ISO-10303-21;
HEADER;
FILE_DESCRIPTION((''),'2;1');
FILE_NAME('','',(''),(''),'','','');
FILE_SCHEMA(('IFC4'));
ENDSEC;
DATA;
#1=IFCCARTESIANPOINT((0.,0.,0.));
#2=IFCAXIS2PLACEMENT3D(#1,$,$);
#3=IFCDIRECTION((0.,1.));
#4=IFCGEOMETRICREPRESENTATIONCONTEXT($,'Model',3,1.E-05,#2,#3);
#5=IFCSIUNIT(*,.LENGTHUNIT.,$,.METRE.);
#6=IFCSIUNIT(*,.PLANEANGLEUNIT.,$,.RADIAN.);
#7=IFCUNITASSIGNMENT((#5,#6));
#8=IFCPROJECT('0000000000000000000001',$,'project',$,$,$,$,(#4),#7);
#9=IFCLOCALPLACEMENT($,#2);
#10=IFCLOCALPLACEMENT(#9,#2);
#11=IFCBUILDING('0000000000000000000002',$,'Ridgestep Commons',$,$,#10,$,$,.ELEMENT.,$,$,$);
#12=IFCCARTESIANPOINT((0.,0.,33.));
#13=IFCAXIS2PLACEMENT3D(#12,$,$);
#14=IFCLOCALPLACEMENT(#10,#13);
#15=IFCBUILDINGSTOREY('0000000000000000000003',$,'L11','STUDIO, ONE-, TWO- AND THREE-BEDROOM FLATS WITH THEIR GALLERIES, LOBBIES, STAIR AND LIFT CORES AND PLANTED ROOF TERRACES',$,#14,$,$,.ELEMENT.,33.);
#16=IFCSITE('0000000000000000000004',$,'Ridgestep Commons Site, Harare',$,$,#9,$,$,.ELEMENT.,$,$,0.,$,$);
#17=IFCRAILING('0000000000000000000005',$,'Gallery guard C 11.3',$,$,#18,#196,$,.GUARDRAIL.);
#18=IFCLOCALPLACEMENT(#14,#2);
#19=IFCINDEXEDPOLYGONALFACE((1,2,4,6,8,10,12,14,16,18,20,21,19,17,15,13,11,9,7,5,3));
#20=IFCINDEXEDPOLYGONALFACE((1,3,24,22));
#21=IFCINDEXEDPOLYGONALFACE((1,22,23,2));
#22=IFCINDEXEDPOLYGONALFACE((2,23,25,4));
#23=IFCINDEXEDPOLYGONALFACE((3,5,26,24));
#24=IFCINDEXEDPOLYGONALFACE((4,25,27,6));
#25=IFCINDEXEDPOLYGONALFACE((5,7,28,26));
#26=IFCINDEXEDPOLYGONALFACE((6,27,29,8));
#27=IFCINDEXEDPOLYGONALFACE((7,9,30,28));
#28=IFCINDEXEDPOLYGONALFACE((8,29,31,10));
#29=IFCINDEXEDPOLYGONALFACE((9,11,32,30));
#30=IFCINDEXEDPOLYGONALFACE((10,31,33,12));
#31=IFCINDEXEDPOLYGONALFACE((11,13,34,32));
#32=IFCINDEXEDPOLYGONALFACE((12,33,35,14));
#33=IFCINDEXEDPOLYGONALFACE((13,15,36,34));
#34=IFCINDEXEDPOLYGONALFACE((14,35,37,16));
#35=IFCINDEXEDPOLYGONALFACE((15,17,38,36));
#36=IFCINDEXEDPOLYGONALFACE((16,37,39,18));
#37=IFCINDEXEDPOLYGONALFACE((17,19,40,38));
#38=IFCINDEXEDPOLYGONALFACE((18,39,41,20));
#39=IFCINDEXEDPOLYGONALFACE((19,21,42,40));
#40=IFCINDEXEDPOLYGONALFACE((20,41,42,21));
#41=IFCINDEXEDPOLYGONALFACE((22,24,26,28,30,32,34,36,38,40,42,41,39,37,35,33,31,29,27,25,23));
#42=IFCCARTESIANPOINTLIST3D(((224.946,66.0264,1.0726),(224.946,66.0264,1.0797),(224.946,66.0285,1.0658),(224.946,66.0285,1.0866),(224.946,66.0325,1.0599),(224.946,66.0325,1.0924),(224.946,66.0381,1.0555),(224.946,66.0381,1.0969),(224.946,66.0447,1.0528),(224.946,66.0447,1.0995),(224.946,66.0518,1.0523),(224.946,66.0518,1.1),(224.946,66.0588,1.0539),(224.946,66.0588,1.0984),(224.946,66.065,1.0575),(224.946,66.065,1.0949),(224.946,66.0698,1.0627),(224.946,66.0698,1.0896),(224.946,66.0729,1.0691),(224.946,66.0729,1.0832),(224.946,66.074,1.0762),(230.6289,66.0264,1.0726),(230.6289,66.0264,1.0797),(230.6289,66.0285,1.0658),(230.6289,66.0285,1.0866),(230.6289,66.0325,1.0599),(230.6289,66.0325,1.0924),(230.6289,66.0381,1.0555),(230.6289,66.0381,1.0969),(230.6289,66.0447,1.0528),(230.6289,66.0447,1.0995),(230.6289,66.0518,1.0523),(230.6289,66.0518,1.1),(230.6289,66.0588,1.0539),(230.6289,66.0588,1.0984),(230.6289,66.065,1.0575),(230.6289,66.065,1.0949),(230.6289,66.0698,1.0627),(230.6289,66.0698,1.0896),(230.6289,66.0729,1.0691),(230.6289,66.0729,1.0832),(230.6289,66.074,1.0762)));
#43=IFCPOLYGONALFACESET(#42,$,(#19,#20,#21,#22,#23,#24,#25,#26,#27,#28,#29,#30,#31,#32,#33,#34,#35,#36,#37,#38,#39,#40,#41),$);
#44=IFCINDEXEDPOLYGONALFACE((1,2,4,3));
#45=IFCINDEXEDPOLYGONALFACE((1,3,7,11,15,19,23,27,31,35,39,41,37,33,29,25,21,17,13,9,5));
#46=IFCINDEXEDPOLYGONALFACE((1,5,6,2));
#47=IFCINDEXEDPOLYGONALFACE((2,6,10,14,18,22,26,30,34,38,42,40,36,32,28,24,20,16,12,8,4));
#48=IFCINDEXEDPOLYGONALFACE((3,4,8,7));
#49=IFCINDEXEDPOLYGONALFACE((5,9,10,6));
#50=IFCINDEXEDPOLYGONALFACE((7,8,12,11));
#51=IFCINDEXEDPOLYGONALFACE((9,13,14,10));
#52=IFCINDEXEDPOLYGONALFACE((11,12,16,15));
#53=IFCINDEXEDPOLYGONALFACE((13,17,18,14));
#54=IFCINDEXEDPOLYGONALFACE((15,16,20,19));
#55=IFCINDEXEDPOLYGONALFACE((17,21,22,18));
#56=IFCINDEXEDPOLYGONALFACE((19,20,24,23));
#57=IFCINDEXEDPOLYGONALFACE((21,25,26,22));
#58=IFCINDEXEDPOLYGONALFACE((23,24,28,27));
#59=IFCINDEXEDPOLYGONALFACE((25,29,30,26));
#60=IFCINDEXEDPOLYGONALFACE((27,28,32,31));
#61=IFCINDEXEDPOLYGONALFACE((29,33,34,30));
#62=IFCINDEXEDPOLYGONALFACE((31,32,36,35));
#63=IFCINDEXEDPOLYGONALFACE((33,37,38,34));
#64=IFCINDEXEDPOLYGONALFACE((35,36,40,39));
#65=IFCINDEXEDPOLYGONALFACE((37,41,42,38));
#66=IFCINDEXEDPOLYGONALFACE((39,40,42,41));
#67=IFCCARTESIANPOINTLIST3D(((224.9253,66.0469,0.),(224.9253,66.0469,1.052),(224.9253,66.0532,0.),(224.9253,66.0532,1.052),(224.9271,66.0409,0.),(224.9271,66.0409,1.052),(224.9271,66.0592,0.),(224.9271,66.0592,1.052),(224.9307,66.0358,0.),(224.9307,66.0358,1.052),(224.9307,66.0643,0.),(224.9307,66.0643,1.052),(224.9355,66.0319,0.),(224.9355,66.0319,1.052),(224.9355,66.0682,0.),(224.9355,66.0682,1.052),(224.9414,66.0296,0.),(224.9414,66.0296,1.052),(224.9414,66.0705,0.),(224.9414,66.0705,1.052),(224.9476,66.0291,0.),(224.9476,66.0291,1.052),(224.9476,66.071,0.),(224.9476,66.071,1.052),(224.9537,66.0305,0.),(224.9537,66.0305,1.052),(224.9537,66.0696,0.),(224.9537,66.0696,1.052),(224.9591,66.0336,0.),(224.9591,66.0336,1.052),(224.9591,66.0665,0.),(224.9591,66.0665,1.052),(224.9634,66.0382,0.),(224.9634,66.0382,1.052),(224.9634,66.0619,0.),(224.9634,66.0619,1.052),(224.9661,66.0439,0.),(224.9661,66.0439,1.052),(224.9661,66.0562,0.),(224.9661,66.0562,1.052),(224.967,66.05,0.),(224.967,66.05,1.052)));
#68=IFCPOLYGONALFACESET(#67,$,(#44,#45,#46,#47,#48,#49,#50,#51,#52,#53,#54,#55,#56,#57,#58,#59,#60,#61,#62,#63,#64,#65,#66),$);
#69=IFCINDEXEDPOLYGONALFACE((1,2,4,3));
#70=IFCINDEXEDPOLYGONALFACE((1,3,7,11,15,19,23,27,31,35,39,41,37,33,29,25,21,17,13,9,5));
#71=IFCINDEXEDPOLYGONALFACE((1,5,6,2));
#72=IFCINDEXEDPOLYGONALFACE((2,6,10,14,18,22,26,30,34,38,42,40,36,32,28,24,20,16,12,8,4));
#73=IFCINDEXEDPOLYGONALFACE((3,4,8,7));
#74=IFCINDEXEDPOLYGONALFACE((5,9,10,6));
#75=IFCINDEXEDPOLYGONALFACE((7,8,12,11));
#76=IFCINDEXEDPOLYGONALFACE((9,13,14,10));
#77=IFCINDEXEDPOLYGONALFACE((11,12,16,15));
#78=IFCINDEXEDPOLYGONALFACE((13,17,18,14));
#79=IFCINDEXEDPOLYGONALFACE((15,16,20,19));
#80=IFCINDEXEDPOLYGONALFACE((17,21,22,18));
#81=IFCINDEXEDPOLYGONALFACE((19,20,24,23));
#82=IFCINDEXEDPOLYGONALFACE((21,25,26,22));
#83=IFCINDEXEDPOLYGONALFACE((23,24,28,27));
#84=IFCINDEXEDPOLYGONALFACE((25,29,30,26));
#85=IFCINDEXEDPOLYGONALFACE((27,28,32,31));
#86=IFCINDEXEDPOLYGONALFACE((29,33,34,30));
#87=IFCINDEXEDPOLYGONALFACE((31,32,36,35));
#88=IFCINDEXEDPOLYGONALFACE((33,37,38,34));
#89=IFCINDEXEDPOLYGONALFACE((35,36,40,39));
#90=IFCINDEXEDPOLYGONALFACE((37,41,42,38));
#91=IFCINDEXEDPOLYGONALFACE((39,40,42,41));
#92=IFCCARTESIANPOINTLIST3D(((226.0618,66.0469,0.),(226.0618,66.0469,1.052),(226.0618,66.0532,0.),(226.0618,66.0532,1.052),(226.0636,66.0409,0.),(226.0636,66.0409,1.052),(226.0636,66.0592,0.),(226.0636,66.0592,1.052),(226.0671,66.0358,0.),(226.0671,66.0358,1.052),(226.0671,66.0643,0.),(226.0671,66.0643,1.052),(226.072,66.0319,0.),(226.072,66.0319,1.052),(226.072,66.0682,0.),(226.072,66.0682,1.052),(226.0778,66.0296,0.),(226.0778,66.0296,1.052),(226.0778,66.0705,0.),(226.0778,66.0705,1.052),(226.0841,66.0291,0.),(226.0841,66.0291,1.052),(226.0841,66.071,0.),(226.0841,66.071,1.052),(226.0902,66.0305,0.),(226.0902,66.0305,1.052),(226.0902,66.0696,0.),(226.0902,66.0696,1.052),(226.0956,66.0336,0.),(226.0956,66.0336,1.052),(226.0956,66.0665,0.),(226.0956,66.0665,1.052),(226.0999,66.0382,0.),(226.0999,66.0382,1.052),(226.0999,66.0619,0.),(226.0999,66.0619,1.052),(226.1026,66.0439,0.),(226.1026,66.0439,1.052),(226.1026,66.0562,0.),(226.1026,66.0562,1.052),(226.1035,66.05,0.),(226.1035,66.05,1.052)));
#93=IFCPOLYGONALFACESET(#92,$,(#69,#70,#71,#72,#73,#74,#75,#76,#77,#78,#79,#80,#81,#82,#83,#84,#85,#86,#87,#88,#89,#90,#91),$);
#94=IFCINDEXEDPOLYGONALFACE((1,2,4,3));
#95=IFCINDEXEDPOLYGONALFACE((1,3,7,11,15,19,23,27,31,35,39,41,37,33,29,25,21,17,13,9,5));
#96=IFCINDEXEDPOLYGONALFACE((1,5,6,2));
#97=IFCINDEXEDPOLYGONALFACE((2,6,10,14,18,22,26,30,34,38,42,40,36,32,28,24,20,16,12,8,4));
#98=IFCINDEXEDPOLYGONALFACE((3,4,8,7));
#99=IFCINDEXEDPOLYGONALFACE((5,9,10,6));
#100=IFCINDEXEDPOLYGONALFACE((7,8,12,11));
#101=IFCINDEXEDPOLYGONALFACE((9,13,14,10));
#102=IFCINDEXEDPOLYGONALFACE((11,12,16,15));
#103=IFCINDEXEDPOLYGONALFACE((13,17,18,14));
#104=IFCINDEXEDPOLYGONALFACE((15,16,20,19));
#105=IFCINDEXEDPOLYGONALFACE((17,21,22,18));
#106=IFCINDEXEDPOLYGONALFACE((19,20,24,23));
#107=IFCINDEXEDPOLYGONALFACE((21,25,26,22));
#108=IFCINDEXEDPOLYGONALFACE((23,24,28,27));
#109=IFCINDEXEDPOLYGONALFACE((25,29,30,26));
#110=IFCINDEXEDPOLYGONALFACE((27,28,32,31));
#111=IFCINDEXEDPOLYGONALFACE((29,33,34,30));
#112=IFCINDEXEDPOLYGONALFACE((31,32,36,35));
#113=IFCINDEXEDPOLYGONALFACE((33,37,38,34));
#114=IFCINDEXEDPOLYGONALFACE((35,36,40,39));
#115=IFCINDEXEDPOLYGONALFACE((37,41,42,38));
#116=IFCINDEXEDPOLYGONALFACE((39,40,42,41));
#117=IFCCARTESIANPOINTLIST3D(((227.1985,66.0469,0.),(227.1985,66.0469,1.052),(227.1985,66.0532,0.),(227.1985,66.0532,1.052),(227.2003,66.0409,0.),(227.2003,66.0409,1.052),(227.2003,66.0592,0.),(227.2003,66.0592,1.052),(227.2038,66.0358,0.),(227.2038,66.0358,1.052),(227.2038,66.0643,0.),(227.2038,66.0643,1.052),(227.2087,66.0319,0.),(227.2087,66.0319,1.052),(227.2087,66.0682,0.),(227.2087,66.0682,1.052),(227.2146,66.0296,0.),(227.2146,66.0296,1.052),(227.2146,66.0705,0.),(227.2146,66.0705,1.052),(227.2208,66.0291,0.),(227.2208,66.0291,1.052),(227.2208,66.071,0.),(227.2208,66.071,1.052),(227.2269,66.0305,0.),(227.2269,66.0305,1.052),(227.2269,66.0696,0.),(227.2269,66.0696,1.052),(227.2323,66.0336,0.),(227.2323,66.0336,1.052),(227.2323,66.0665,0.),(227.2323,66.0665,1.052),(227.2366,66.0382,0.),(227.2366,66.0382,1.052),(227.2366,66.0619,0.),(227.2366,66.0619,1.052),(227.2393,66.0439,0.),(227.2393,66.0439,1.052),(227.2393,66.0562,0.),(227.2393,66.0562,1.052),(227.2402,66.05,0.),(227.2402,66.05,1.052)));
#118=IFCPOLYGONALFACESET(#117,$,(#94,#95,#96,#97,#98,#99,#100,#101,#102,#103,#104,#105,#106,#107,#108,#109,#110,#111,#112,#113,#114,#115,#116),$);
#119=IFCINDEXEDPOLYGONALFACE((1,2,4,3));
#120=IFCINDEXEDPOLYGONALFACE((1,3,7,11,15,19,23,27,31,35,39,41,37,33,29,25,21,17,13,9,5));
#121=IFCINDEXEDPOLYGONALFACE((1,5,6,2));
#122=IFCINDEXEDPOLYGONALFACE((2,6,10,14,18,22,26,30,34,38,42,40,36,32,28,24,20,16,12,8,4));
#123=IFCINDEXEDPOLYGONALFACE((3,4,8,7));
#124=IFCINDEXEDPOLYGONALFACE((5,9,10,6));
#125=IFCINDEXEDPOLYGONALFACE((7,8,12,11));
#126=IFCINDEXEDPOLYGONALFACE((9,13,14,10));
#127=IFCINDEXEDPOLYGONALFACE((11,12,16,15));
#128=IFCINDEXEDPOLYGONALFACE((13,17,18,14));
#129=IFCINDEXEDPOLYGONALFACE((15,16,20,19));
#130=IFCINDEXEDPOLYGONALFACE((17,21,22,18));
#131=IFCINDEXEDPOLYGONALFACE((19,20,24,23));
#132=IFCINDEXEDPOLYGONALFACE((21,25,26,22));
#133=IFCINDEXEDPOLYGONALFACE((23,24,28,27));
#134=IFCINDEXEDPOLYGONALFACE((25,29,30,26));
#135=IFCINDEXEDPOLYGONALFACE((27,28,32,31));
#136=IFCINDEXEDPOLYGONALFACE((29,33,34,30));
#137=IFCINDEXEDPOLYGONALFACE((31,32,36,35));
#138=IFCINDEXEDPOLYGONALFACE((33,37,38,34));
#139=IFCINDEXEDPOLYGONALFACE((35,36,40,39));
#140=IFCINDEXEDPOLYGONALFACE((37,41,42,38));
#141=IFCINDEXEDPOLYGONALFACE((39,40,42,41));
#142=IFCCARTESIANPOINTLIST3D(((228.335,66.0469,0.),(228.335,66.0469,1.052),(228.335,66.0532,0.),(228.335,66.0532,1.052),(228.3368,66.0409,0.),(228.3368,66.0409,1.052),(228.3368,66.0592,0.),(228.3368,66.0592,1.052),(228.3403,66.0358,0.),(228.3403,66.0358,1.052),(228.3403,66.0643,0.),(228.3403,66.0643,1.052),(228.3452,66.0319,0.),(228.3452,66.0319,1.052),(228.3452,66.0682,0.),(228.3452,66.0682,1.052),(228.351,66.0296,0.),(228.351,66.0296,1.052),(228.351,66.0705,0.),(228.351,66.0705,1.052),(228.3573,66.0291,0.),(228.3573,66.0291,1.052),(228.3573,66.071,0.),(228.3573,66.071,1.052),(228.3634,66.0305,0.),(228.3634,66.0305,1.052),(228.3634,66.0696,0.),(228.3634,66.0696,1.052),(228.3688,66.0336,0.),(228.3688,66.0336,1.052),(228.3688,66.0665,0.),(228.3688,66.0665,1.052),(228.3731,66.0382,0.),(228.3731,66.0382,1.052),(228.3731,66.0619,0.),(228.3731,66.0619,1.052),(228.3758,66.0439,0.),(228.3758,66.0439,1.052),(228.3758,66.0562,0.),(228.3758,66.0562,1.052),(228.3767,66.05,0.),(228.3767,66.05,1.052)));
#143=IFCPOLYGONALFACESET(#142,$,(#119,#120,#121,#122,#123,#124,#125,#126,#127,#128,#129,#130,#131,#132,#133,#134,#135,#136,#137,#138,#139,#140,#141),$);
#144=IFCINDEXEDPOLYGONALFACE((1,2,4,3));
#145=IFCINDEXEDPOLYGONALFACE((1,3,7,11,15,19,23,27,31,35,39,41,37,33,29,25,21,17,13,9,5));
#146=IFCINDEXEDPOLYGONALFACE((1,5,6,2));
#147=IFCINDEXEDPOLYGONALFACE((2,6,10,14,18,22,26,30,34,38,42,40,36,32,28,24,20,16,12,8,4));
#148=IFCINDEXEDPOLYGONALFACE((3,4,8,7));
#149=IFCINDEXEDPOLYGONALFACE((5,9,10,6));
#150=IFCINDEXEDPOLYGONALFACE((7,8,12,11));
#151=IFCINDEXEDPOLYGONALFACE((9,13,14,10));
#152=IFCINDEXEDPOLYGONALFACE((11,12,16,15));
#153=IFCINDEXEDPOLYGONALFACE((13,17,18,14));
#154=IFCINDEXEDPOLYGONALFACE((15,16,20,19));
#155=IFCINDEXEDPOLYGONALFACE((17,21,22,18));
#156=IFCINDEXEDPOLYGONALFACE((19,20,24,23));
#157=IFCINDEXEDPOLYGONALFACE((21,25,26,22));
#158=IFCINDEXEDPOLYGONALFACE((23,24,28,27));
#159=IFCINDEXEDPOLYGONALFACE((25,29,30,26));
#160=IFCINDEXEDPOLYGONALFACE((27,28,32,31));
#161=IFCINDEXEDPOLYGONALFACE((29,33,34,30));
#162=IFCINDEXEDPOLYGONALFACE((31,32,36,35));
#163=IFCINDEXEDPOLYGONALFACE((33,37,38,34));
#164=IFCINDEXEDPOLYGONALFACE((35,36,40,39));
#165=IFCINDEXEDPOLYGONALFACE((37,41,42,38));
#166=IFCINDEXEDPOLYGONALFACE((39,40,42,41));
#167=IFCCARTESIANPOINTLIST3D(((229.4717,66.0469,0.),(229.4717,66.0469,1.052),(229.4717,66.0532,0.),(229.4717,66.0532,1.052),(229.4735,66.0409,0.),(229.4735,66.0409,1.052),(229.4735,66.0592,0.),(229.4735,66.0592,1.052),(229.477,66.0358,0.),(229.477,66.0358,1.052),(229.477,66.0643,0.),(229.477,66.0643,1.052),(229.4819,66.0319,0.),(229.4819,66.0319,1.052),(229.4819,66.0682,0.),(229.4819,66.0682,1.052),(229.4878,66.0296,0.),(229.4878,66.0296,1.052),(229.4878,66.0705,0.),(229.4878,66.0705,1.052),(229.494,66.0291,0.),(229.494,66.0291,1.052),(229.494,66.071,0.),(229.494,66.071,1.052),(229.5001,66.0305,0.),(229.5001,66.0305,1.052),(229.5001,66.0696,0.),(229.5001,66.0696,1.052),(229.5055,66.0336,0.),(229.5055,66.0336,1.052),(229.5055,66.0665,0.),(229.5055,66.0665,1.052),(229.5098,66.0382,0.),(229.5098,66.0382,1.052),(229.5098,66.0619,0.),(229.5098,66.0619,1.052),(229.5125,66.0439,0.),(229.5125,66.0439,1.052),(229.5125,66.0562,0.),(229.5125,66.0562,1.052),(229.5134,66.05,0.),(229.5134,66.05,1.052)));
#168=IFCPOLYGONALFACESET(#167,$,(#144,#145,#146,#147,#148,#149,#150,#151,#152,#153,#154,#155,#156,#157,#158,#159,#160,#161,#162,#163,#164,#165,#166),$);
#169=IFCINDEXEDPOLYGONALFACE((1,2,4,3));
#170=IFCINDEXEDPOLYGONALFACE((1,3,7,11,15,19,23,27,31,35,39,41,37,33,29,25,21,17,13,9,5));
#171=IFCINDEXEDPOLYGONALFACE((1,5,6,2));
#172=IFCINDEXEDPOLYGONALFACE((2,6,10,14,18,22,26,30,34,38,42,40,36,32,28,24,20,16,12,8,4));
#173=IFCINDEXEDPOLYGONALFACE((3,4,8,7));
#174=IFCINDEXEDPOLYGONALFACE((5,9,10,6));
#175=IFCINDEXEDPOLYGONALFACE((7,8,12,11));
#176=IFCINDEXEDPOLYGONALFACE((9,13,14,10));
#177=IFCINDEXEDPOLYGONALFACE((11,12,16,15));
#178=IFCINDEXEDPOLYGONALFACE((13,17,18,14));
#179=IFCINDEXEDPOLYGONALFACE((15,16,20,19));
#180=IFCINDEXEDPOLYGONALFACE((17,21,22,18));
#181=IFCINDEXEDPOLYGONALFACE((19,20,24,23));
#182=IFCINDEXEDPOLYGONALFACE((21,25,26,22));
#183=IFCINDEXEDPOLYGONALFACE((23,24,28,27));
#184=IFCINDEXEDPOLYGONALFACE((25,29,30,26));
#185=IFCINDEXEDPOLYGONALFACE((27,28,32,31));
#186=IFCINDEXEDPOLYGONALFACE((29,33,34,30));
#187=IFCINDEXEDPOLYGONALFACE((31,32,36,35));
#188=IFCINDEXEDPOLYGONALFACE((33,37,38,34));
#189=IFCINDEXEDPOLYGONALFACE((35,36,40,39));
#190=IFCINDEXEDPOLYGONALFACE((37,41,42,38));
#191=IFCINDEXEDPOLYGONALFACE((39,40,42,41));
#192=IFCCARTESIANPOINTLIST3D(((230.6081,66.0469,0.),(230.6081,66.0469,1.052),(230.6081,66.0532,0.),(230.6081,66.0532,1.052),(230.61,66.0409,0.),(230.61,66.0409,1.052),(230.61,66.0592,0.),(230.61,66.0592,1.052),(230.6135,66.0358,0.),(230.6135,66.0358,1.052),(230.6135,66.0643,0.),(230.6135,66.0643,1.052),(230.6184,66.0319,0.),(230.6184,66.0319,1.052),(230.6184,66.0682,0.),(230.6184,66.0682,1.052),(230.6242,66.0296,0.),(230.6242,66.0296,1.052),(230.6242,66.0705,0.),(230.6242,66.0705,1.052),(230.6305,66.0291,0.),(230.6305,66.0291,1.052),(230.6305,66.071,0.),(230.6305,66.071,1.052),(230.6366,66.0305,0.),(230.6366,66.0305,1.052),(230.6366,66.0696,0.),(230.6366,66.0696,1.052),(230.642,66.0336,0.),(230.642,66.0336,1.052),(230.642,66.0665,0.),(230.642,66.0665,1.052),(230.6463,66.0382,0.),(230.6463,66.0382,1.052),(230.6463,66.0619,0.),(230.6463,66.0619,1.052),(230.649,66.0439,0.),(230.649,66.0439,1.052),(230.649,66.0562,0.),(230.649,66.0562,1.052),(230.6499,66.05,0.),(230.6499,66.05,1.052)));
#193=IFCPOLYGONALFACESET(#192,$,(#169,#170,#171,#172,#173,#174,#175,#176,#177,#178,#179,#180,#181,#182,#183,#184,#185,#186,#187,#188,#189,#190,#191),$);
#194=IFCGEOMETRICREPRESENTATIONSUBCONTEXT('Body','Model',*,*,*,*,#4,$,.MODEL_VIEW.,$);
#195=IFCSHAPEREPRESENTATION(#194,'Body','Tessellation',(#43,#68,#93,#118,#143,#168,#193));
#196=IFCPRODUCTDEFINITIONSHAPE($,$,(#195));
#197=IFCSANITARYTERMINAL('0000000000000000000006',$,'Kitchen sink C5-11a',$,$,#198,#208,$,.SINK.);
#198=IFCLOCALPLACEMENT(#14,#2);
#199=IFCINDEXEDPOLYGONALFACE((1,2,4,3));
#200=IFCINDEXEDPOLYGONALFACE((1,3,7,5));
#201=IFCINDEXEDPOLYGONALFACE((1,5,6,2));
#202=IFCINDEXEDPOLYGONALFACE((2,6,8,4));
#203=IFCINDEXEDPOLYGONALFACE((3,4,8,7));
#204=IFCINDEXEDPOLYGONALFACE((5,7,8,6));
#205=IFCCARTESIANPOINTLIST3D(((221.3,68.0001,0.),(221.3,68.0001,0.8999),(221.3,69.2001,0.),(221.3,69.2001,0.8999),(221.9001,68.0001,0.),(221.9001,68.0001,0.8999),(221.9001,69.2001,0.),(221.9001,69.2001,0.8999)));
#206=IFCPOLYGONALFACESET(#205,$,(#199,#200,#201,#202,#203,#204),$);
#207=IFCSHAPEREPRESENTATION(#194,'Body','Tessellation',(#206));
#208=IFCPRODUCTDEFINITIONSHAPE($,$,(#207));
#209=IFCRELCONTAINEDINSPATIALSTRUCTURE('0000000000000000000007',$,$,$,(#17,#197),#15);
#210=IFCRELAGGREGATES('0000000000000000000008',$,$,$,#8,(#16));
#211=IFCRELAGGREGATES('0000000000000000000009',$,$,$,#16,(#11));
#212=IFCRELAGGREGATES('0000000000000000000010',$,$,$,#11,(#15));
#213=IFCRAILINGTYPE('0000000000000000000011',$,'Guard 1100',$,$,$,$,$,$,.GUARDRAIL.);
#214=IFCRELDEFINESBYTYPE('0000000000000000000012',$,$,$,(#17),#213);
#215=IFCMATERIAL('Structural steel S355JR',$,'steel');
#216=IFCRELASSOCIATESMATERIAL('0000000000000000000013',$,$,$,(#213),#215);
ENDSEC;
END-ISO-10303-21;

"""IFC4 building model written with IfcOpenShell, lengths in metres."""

from ifc_helpers import new_model, si_unit, direction, frame, origin, origin_2d, place, context, subcontext, project, spatial, rectangle, circle, extrude, material, type_object, element, save


model = new_model("IFC4")

# Units and contexts
model_context = context("Model", 3, precision=1e-05, world=origin(), true_north=direction((0.0, 1.0)))
body_context = subcontext(model_context, "Body", "Model", "MODEL_VIEW")
ifc_project = project(units=[si_unit("LENGTHUNIT", "METRE"), si_unit("PLANEANGLEUNIT", "RADIAN")], contexts=[model_context])

# Site, building, storey
site_placement = place(None, origin())
site = spatial("IfcSite", under=ifc_project, at=site_placement, Name="Ridgestep Commons Site, Harare", CompositionType="ELEMENT", RefElevation=0.0)
building_placement = place(site_placement, origin())
building = spatial("IfcBuilding", under=site, at=building_placement, Name="Ridgestep Commons", CompositionType="ELEMENT")
storey_placement = place(building_placement, frame((0.0, 0.0, 33.0)))
storey = spatial("IfcBuildingStorey", under=building, at=storey_placement, Name="L11", Description="STUDIO, ONE-, TWO- AND THREE-BEDROOM FLATS WITH THEIR GALLERIES, LOBBIES, STAIR AND LIFT CORES AND PLANTED ROOF TERRACES", CompositionType="ELEMENT", Elevation=33.0)

# Railing
ifc_material_1 = material(Name="Structural steel S355JR", Category="steel")
railing_type = type_object("IfcRailingType", Name="Guard 1100", PredefinedType="GUARDRAIL", material=ifc_material_1)
railing_1_placement = place(storey_placement, frame((224.946, 66.05, 0.0)))
element("IfcRailing", 1, at=railing_1_placement, inside=storey, type_object=railing_type, Name="Gallery guard C 11.3", PredefinedType="GUARDRAIL", context=body_context, shape_type="SweptSolid", body=[
    extrude(circle(Radius=0.0239, at=origin_2d()), frame((0.0, 0.0, 1.0762), z_axis=(1.0, 0.0, 0.0), x_axis=(0.0, 1.0, 0.0)), (0.0, 0.0, 1.0), 5.6829),
    extrude(circle(Radius=0.021, at=origin_2d()), origin(), (0.0, 0.0, 1.0), 1.052),
    extrude(circle(Radius=0.021, at=origin_2d()), frame((1.1365, 0.0, 0.0)), (0.0, 0.0, 1.0), 1.052),
    extrude(circle(Radius=0.021, at=origin_2d()), frame((2.2732, 0.0, 0.0)), (0.0, 0.0, 1.0), 1.052),
    extrude(circle(Radius=0.021, at=origin_2d()), frame((3.4097, 0.0, 0.0)), (0.0, 0.0, 1.0), 1.052),
    extrude(circle(Radius=0.021, at=origin_2d()), frame((4.5464, 0.0, 0.0)), (0.0, 0.0, 1.0), 1.052),
    extrude(circle(Radius=0.021, at=origin_2d()), frame((5.6829, 0.0, 0.0)), (0.0, 0.0, 1.0), 1.052),
])

# Sanitary terminal
sanitary_terminal_placement = place(storey_placement, frame((221.6001, 68.6001, 0.0), z_axis=(0.0, 0.0, 1.0), x_axis=(1.0, 0.0, 0.0)))
element("IfcSanitaryTerminal", 2, at=sanitary_terminal_placement, inside=storey, Name="Kitchen sink C5-11a", PredefinedType="SINK", context=body_context, shape_type="SweptSolid", body=[
    extrude(rectangle(XDim=0.6001, YDim=1.2, at=origin_2d()), origin(), (0.0, 0.0, 1.0), 0.8999),
])

save(model, "model.ifc")
